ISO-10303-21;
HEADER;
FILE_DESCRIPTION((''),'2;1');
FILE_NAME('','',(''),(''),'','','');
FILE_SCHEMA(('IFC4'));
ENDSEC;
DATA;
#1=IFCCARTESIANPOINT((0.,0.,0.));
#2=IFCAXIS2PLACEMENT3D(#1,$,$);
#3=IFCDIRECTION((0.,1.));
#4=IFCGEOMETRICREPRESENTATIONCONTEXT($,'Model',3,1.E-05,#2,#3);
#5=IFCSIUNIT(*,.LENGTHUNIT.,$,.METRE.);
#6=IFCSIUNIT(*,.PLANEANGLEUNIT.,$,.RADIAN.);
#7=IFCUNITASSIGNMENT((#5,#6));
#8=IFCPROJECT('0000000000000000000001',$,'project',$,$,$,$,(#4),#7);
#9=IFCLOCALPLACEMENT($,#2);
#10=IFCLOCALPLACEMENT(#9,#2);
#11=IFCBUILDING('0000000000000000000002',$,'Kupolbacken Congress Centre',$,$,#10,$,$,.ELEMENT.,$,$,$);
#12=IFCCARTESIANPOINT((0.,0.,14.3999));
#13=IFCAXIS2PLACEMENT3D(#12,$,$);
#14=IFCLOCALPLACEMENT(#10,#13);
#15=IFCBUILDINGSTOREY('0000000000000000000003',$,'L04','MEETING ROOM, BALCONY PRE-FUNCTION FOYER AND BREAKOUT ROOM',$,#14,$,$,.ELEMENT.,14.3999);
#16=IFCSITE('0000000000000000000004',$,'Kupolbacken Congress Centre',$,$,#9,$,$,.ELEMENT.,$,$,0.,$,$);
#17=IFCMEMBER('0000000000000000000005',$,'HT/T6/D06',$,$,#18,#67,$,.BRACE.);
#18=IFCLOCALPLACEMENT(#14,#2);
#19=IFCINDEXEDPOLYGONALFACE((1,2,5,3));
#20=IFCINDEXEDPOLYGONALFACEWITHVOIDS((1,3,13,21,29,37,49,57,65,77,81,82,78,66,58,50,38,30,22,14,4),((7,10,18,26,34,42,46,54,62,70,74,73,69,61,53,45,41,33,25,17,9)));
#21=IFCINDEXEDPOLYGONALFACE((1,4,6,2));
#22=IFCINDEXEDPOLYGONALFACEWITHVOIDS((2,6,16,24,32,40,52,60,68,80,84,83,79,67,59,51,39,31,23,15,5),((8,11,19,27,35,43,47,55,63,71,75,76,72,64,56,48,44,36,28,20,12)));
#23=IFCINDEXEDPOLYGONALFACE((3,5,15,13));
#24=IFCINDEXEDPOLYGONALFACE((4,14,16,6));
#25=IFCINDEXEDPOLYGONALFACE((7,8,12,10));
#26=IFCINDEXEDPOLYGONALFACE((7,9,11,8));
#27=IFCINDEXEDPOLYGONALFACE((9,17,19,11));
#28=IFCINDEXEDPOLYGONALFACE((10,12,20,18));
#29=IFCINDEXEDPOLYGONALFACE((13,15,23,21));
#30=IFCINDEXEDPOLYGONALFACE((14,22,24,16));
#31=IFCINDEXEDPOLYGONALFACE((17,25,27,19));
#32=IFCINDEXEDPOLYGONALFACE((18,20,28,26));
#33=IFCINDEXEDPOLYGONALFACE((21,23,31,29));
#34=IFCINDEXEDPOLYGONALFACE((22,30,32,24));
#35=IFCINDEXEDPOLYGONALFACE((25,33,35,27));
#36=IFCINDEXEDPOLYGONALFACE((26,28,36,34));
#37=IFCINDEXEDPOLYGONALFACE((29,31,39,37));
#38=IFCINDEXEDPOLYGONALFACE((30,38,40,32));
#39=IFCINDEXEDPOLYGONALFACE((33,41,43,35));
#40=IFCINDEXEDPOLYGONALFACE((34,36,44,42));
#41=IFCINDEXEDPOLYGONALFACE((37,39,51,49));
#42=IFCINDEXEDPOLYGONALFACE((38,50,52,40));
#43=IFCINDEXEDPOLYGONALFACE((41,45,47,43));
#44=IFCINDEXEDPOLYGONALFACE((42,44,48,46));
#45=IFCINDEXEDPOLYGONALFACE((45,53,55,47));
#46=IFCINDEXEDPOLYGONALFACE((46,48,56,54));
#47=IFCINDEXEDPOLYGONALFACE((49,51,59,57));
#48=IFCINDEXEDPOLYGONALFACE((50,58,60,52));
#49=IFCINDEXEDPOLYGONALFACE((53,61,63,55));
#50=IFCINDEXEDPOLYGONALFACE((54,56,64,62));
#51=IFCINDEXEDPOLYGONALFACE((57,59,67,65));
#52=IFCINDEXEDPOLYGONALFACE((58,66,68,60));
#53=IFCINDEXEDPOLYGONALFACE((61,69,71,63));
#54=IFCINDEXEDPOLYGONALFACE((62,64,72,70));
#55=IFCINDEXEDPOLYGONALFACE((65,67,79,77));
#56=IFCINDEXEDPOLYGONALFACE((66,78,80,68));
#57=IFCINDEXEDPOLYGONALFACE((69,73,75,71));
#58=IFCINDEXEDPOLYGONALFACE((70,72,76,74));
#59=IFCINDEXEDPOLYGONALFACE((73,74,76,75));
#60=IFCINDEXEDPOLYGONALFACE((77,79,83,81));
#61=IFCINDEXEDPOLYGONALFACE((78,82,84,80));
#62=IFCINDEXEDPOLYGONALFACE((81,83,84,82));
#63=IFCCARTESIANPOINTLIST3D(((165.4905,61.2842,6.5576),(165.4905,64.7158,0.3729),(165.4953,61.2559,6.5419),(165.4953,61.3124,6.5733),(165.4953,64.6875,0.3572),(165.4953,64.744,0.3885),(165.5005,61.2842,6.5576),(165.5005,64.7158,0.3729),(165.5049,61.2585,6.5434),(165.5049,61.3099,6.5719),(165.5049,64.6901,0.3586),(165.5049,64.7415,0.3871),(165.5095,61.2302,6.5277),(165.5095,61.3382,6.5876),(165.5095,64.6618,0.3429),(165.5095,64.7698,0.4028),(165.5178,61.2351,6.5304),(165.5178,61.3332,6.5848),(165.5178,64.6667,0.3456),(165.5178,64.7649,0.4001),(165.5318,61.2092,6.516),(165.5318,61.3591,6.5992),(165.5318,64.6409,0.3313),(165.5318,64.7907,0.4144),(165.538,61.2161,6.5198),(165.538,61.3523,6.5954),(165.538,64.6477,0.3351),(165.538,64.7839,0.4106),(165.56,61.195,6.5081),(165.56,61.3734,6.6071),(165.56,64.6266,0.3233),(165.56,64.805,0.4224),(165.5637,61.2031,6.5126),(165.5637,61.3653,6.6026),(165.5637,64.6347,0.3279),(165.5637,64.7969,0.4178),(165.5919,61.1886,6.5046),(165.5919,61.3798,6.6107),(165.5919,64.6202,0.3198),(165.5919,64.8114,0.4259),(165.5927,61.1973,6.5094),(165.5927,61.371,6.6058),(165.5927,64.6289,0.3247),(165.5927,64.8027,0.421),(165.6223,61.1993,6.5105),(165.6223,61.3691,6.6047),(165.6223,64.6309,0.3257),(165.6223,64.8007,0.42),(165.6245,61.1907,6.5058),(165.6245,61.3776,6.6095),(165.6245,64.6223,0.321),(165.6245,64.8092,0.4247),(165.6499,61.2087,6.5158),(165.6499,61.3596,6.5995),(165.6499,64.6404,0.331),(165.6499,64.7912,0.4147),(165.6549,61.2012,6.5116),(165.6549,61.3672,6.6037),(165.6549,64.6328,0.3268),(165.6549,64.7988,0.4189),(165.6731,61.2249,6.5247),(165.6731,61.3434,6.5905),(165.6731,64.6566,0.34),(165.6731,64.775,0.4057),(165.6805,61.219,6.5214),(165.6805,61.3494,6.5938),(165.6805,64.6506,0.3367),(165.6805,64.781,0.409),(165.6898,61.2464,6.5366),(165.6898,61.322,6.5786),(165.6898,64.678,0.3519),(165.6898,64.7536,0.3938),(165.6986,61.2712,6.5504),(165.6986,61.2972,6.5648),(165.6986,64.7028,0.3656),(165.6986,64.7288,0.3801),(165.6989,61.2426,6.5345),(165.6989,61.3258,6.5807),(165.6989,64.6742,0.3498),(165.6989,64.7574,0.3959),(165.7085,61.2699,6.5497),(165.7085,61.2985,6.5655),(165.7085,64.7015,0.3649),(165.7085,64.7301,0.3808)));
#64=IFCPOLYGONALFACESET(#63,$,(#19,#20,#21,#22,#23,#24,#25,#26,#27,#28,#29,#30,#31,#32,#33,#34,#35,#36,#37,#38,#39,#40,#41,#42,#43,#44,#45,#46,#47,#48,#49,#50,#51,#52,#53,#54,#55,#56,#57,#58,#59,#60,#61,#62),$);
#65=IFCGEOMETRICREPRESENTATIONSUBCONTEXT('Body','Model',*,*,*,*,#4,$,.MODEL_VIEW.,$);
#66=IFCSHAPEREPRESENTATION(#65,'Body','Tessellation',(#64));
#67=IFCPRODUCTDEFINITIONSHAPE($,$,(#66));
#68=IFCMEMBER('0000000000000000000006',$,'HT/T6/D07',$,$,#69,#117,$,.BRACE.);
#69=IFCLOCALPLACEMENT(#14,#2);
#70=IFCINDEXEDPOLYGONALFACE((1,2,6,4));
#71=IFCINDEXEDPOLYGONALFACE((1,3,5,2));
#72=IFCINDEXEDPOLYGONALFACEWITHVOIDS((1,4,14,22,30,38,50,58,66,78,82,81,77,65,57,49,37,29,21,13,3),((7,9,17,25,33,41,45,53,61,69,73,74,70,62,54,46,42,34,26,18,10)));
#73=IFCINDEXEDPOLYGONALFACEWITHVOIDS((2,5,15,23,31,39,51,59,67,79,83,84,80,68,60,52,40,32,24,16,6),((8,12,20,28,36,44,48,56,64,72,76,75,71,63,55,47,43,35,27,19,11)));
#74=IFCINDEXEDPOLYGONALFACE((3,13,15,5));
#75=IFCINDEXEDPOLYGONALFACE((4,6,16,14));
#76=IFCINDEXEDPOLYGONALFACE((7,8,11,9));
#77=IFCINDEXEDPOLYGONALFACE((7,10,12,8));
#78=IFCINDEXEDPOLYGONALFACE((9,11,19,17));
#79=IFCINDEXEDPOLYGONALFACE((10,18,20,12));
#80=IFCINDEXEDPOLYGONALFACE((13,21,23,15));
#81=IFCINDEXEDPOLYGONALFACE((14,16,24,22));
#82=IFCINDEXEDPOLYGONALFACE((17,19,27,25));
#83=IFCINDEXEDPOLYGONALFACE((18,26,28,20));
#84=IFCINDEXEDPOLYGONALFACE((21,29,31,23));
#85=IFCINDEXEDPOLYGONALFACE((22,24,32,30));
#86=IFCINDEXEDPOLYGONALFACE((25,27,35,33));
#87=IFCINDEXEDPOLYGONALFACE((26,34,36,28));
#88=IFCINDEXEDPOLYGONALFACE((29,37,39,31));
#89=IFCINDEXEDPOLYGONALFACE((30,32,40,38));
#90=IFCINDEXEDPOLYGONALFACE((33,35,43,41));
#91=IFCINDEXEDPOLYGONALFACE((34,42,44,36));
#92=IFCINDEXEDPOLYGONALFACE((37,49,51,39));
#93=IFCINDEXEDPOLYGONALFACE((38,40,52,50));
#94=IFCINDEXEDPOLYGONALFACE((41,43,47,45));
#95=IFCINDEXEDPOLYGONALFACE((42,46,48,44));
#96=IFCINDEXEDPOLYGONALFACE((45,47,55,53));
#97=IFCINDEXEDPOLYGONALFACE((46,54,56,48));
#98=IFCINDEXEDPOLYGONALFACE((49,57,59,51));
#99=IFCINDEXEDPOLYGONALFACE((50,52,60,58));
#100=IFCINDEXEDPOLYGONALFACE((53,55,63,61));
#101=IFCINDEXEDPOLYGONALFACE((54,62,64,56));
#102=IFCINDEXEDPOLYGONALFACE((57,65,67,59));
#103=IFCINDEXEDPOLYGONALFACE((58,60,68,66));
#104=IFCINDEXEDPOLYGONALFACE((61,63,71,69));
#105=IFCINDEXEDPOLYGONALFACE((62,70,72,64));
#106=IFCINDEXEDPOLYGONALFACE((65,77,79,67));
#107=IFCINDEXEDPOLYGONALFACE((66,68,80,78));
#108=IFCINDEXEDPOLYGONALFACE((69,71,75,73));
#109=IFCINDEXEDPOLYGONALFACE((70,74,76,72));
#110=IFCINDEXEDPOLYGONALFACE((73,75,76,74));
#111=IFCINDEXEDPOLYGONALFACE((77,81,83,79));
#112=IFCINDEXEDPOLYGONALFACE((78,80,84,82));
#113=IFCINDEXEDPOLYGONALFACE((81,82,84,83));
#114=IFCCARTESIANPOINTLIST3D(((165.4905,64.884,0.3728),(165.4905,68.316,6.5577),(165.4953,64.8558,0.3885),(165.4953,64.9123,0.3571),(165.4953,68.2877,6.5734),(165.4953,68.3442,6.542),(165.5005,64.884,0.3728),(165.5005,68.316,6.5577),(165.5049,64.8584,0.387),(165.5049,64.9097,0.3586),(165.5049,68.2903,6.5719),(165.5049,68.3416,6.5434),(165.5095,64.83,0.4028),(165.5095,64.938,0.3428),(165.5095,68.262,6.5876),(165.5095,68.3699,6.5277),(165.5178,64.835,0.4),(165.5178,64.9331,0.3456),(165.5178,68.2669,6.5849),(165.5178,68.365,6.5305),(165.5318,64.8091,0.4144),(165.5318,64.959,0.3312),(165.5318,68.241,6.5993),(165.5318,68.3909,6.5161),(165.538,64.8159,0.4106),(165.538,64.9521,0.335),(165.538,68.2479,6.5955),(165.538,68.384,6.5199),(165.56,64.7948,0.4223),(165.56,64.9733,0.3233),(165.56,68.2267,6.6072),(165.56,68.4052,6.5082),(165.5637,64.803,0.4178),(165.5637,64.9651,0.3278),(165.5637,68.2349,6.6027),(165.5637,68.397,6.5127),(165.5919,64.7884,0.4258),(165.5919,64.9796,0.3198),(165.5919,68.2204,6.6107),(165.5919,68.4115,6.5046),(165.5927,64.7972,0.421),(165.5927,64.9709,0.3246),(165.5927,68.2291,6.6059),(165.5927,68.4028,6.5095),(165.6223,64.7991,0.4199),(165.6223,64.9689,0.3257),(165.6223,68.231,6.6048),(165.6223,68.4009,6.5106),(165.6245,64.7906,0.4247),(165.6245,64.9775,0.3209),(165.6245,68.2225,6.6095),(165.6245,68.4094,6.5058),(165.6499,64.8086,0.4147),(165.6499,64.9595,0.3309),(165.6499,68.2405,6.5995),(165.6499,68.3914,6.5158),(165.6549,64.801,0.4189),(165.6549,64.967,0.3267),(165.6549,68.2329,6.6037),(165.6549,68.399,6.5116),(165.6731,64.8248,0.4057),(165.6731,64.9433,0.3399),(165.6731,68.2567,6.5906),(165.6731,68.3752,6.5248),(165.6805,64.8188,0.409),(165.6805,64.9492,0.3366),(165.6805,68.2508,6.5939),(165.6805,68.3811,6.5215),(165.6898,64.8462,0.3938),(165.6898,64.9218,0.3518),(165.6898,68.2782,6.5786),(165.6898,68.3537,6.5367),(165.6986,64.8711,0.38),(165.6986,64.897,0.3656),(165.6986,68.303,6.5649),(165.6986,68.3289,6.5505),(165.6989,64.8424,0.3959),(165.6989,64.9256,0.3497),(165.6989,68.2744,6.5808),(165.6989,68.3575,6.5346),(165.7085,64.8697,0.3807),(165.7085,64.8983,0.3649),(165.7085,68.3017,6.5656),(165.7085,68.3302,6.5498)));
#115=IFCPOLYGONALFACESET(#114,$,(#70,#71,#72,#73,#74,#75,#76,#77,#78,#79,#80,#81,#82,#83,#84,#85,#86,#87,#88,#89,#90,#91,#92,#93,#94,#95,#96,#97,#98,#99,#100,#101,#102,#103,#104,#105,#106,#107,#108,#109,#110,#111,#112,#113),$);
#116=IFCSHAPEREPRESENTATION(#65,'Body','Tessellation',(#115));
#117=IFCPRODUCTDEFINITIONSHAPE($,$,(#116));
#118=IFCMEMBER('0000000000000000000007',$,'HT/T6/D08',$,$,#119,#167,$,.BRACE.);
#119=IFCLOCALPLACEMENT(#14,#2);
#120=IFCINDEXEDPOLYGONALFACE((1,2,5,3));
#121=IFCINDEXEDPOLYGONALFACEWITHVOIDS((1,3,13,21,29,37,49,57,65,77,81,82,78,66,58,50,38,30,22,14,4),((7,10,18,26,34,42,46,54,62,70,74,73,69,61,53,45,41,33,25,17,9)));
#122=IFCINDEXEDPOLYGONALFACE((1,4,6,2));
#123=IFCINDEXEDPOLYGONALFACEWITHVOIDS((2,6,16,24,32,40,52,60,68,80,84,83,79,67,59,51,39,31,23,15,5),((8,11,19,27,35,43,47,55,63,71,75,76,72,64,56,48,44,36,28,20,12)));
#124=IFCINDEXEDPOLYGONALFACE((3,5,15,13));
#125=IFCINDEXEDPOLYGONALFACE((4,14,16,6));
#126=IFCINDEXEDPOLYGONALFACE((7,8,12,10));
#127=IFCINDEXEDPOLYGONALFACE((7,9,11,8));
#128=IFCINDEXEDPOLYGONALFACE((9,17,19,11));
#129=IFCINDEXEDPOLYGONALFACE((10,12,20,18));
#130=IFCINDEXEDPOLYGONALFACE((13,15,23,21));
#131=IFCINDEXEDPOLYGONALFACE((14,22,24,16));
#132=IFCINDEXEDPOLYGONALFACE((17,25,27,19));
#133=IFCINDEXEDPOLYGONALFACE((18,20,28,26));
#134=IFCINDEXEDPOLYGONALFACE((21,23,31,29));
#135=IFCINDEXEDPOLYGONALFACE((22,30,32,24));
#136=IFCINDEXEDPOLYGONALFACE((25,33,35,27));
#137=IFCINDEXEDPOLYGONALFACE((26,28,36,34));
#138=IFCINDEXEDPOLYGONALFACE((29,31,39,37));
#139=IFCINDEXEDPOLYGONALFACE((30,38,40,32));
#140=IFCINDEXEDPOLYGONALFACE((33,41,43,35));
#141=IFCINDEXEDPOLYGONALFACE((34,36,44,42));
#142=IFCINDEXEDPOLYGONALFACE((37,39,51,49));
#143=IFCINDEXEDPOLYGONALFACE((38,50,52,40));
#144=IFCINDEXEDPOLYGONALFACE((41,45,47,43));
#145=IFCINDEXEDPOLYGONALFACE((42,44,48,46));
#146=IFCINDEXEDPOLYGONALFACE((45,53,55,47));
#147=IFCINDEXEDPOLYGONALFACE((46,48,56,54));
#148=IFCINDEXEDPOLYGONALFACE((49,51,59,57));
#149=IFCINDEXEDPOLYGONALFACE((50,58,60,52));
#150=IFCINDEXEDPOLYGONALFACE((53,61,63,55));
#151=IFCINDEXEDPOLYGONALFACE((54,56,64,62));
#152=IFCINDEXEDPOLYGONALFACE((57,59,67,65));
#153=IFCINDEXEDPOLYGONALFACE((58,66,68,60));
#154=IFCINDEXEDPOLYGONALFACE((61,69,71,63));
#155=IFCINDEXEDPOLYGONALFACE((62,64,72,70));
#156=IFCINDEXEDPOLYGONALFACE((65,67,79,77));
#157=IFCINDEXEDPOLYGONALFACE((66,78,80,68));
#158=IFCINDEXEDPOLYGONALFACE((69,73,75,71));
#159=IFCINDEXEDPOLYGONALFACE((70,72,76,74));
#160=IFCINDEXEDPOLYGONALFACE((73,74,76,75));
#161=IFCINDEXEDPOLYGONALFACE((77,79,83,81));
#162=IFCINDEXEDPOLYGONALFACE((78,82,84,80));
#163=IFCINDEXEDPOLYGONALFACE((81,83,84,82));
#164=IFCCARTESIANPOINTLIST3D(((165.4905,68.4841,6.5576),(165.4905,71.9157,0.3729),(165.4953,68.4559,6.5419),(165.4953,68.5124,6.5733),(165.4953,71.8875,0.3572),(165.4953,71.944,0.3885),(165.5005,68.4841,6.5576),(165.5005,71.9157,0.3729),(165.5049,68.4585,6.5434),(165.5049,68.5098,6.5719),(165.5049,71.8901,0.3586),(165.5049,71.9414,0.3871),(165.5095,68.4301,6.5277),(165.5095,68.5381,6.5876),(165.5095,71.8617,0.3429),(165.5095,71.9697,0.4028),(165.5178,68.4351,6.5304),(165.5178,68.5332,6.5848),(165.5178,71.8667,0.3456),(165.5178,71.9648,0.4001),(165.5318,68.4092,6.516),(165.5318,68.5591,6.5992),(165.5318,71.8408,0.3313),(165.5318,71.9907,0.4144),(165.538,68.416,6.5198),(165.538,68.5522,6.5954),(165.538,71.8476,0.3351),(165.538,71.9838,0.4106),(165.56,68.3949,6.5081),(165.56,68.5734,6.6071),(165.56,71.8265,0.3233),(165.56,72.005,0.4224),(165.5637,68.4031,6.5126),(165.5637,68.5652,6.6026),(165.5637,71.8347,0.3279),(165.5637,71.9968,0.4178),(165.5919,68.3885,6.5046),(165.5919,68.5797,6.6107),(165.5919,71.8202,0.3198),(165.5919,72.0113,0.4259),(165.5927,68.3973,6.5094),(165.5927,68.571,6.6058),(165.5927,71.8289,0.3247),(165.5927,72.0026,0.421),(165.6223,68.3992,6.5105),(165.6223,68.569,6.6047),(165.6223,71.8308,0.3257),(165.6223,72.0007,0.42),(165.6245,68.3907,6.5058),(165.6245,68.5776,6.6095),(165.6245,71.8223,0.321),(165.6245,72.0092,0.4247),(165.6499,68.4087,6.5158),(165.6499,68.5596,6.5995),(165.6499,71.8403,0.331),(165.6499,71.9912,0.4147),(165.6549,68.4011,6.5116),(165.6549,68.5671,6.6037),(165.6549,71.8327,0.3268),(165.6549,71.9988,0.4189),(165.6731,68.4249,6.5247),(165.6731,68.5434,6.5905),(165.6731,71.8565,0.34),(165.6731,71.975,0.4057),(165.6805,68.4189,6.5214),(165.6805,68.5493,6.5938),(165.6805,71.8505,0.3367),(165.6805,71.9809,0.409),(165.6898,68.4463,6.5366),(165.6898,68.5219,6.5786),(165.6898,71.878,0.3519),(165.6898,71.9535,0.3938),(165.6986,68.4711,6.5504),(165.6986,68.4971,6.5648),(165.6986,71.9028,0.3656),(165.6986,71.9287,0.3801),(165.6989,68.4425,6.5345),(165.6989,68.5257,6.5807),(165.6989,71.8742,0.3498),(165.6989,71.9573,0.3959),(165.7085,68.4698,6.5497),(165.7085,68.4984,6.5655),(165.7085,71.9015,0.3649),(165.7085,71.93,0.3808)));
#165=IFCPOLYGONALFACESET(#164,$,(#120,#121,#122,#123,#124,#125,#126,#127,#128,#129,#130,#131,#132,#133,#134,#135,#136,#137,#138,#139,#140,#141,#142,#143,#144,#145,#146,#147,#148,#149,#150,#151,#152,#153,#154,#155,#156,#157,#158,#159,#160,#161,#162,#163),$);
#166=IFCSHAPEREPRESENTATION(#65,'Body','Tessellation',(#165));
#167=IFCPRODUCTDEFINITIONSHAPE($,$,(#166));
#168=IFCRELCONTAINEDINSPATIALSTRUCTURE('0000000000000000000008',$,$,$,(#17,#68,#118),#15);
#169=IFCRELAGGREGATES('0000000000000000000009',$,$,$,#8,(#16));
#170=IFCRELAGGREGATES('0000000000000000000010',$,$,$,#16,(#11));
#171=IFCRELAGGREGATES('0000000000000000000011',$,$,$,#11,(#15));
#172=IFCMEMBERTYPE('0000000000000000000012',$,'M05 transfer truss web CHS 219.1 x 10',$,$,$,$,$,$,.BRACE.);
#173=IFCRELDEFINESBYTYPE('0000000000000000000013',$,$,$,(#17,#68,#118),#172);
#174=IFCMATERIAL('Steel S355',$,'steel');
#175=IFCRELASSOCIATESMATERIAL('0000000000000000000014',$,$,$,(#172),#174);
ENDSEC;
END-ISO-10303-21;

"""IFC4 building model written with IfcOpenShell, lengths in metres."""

from ifc_helpers import new_model, si_unit, direction, frame, origin, origin_2d, place, context, subcontext, project, spatial, hollow_circle, extrude, material, material_profile, profile_set, type_object, element, save


model = new_model("IFC4")

# Units and contexts
model_context = context("Model", 3, precision=1e-05, world=origin(), true_north=direction((0.0, 1.0)))
body_context = subcontext(model_context, "Body", "Model", "MODEL_VIEW")
ifc_project = project(units=[si_unit("LENGTHUNIT", "METRE"), si_unit("PLANEANGLEUNIT", "RADIAN")], contexts=[model_context])

# Site, building, storey
site_placement = place(None, origin())
site = spatial("IfcSite", under=ifc_project, at=site_placement, Name="Kupolbacken Congress Centre", CompositionType="ELEMENT", RefElevation=0.0)
building_placement = place(site_placement, origin())
building = spatial("IfcBuilding", under=site, at=building_placement, Name="Kupolbacken Congress Centre", CompositionType="ELEMENT")
storey_placement = place(building_placement, frame((0.0, 0.0, 14.3999)))
storey = spatial("IfcBuildingStorey", under=building, at=storey_placement, Name="L04", Description="MEETING ROOM, BALCONY PRE-FUNCTION FOYER AND BREAKOUT ROOM", CompositionType="ELEMENT", Elevation=14.3999)

# Members
ifc_material_1 = material(Name="Steel S355", Category="steel")
ifc_material_profile_1 = material_profile(ifc_material_1, hollow_circle(Radius=0.1096, WallThickness=0.01, at=origin_2d()), Name="CHS 219.1 x 10")
ifc_profile_set_1 = profile_set([ifc_material_profile_1], Name="Steel S355")
member_type_1 = type_object("IfcMemberType", Name="M05 transfer truss web CHS 219.1 x 10", PredefinedType="BRACE", material=ifc_profile_set_1)
member_1_placement = place(storey_placement, frame((165.6001, 61.2842, 6.5576), z_axis=(0.0, 0.485171, -0.874419), x_axis=(-1.0, 0.0, 0.0)))
element("IfcMember", 1, at=member_1_placement, inside=storey, type_object=member_type_1, Name="HT/T6/D06", PredefinedType="BRACE", context=body_context, shape_type="SweptSolid", body=[
    extrude(hollow_circle(Radius=0.1096, WallThickness=0.01, at=origin_2d()), origin(), (0.0, 0.0, 1.0), 7.073),
])
member_2_placement = place(storey_placement, frame((165.6001, 64.884, 0.3728), z_axis=(0.0, 0.485197, 0.874405), x_axis=(-1.0, 0.0, 0.0)))
element("IfcMember", 2, at=member_2_placement, inside=storey, type_object=member_type_1, Name="HT/T6/D07", PredefinedType="BRACE", context=body_context, shape_type="SweptSolid", body=[
    extrude(hollow_circle(Radius=0.1096, WallThickness=0.01, at=origin_2d()), origin(), (0.0, 0.0, 1.0), 7.0732),
])
for number, where, z_axis, x_axis, name in (
    (3, (165.6001, 68.4841, 6.5576), (0.0, 0.485171, -0.874419), (-1.0, 0.0, 0.0), "HT/T6/D08"),
):
    element("IfcMember", number, at=place(storey_placement, frame(where, z_axis=z_axis, x_axis=x_axis)), inside=storey, type_object=member_type_1, Name=name, PredefinedType="BRACE", context=body_context, shape_type="SweptSolid", body=[
        extrude(hollow_circle(Radius=0.1096, WallThickness=0.01, at=origin_2d()), origin(), (0.0, 0.0, 1.0), 7.073),
    ])

save(model, "model.ifc")
